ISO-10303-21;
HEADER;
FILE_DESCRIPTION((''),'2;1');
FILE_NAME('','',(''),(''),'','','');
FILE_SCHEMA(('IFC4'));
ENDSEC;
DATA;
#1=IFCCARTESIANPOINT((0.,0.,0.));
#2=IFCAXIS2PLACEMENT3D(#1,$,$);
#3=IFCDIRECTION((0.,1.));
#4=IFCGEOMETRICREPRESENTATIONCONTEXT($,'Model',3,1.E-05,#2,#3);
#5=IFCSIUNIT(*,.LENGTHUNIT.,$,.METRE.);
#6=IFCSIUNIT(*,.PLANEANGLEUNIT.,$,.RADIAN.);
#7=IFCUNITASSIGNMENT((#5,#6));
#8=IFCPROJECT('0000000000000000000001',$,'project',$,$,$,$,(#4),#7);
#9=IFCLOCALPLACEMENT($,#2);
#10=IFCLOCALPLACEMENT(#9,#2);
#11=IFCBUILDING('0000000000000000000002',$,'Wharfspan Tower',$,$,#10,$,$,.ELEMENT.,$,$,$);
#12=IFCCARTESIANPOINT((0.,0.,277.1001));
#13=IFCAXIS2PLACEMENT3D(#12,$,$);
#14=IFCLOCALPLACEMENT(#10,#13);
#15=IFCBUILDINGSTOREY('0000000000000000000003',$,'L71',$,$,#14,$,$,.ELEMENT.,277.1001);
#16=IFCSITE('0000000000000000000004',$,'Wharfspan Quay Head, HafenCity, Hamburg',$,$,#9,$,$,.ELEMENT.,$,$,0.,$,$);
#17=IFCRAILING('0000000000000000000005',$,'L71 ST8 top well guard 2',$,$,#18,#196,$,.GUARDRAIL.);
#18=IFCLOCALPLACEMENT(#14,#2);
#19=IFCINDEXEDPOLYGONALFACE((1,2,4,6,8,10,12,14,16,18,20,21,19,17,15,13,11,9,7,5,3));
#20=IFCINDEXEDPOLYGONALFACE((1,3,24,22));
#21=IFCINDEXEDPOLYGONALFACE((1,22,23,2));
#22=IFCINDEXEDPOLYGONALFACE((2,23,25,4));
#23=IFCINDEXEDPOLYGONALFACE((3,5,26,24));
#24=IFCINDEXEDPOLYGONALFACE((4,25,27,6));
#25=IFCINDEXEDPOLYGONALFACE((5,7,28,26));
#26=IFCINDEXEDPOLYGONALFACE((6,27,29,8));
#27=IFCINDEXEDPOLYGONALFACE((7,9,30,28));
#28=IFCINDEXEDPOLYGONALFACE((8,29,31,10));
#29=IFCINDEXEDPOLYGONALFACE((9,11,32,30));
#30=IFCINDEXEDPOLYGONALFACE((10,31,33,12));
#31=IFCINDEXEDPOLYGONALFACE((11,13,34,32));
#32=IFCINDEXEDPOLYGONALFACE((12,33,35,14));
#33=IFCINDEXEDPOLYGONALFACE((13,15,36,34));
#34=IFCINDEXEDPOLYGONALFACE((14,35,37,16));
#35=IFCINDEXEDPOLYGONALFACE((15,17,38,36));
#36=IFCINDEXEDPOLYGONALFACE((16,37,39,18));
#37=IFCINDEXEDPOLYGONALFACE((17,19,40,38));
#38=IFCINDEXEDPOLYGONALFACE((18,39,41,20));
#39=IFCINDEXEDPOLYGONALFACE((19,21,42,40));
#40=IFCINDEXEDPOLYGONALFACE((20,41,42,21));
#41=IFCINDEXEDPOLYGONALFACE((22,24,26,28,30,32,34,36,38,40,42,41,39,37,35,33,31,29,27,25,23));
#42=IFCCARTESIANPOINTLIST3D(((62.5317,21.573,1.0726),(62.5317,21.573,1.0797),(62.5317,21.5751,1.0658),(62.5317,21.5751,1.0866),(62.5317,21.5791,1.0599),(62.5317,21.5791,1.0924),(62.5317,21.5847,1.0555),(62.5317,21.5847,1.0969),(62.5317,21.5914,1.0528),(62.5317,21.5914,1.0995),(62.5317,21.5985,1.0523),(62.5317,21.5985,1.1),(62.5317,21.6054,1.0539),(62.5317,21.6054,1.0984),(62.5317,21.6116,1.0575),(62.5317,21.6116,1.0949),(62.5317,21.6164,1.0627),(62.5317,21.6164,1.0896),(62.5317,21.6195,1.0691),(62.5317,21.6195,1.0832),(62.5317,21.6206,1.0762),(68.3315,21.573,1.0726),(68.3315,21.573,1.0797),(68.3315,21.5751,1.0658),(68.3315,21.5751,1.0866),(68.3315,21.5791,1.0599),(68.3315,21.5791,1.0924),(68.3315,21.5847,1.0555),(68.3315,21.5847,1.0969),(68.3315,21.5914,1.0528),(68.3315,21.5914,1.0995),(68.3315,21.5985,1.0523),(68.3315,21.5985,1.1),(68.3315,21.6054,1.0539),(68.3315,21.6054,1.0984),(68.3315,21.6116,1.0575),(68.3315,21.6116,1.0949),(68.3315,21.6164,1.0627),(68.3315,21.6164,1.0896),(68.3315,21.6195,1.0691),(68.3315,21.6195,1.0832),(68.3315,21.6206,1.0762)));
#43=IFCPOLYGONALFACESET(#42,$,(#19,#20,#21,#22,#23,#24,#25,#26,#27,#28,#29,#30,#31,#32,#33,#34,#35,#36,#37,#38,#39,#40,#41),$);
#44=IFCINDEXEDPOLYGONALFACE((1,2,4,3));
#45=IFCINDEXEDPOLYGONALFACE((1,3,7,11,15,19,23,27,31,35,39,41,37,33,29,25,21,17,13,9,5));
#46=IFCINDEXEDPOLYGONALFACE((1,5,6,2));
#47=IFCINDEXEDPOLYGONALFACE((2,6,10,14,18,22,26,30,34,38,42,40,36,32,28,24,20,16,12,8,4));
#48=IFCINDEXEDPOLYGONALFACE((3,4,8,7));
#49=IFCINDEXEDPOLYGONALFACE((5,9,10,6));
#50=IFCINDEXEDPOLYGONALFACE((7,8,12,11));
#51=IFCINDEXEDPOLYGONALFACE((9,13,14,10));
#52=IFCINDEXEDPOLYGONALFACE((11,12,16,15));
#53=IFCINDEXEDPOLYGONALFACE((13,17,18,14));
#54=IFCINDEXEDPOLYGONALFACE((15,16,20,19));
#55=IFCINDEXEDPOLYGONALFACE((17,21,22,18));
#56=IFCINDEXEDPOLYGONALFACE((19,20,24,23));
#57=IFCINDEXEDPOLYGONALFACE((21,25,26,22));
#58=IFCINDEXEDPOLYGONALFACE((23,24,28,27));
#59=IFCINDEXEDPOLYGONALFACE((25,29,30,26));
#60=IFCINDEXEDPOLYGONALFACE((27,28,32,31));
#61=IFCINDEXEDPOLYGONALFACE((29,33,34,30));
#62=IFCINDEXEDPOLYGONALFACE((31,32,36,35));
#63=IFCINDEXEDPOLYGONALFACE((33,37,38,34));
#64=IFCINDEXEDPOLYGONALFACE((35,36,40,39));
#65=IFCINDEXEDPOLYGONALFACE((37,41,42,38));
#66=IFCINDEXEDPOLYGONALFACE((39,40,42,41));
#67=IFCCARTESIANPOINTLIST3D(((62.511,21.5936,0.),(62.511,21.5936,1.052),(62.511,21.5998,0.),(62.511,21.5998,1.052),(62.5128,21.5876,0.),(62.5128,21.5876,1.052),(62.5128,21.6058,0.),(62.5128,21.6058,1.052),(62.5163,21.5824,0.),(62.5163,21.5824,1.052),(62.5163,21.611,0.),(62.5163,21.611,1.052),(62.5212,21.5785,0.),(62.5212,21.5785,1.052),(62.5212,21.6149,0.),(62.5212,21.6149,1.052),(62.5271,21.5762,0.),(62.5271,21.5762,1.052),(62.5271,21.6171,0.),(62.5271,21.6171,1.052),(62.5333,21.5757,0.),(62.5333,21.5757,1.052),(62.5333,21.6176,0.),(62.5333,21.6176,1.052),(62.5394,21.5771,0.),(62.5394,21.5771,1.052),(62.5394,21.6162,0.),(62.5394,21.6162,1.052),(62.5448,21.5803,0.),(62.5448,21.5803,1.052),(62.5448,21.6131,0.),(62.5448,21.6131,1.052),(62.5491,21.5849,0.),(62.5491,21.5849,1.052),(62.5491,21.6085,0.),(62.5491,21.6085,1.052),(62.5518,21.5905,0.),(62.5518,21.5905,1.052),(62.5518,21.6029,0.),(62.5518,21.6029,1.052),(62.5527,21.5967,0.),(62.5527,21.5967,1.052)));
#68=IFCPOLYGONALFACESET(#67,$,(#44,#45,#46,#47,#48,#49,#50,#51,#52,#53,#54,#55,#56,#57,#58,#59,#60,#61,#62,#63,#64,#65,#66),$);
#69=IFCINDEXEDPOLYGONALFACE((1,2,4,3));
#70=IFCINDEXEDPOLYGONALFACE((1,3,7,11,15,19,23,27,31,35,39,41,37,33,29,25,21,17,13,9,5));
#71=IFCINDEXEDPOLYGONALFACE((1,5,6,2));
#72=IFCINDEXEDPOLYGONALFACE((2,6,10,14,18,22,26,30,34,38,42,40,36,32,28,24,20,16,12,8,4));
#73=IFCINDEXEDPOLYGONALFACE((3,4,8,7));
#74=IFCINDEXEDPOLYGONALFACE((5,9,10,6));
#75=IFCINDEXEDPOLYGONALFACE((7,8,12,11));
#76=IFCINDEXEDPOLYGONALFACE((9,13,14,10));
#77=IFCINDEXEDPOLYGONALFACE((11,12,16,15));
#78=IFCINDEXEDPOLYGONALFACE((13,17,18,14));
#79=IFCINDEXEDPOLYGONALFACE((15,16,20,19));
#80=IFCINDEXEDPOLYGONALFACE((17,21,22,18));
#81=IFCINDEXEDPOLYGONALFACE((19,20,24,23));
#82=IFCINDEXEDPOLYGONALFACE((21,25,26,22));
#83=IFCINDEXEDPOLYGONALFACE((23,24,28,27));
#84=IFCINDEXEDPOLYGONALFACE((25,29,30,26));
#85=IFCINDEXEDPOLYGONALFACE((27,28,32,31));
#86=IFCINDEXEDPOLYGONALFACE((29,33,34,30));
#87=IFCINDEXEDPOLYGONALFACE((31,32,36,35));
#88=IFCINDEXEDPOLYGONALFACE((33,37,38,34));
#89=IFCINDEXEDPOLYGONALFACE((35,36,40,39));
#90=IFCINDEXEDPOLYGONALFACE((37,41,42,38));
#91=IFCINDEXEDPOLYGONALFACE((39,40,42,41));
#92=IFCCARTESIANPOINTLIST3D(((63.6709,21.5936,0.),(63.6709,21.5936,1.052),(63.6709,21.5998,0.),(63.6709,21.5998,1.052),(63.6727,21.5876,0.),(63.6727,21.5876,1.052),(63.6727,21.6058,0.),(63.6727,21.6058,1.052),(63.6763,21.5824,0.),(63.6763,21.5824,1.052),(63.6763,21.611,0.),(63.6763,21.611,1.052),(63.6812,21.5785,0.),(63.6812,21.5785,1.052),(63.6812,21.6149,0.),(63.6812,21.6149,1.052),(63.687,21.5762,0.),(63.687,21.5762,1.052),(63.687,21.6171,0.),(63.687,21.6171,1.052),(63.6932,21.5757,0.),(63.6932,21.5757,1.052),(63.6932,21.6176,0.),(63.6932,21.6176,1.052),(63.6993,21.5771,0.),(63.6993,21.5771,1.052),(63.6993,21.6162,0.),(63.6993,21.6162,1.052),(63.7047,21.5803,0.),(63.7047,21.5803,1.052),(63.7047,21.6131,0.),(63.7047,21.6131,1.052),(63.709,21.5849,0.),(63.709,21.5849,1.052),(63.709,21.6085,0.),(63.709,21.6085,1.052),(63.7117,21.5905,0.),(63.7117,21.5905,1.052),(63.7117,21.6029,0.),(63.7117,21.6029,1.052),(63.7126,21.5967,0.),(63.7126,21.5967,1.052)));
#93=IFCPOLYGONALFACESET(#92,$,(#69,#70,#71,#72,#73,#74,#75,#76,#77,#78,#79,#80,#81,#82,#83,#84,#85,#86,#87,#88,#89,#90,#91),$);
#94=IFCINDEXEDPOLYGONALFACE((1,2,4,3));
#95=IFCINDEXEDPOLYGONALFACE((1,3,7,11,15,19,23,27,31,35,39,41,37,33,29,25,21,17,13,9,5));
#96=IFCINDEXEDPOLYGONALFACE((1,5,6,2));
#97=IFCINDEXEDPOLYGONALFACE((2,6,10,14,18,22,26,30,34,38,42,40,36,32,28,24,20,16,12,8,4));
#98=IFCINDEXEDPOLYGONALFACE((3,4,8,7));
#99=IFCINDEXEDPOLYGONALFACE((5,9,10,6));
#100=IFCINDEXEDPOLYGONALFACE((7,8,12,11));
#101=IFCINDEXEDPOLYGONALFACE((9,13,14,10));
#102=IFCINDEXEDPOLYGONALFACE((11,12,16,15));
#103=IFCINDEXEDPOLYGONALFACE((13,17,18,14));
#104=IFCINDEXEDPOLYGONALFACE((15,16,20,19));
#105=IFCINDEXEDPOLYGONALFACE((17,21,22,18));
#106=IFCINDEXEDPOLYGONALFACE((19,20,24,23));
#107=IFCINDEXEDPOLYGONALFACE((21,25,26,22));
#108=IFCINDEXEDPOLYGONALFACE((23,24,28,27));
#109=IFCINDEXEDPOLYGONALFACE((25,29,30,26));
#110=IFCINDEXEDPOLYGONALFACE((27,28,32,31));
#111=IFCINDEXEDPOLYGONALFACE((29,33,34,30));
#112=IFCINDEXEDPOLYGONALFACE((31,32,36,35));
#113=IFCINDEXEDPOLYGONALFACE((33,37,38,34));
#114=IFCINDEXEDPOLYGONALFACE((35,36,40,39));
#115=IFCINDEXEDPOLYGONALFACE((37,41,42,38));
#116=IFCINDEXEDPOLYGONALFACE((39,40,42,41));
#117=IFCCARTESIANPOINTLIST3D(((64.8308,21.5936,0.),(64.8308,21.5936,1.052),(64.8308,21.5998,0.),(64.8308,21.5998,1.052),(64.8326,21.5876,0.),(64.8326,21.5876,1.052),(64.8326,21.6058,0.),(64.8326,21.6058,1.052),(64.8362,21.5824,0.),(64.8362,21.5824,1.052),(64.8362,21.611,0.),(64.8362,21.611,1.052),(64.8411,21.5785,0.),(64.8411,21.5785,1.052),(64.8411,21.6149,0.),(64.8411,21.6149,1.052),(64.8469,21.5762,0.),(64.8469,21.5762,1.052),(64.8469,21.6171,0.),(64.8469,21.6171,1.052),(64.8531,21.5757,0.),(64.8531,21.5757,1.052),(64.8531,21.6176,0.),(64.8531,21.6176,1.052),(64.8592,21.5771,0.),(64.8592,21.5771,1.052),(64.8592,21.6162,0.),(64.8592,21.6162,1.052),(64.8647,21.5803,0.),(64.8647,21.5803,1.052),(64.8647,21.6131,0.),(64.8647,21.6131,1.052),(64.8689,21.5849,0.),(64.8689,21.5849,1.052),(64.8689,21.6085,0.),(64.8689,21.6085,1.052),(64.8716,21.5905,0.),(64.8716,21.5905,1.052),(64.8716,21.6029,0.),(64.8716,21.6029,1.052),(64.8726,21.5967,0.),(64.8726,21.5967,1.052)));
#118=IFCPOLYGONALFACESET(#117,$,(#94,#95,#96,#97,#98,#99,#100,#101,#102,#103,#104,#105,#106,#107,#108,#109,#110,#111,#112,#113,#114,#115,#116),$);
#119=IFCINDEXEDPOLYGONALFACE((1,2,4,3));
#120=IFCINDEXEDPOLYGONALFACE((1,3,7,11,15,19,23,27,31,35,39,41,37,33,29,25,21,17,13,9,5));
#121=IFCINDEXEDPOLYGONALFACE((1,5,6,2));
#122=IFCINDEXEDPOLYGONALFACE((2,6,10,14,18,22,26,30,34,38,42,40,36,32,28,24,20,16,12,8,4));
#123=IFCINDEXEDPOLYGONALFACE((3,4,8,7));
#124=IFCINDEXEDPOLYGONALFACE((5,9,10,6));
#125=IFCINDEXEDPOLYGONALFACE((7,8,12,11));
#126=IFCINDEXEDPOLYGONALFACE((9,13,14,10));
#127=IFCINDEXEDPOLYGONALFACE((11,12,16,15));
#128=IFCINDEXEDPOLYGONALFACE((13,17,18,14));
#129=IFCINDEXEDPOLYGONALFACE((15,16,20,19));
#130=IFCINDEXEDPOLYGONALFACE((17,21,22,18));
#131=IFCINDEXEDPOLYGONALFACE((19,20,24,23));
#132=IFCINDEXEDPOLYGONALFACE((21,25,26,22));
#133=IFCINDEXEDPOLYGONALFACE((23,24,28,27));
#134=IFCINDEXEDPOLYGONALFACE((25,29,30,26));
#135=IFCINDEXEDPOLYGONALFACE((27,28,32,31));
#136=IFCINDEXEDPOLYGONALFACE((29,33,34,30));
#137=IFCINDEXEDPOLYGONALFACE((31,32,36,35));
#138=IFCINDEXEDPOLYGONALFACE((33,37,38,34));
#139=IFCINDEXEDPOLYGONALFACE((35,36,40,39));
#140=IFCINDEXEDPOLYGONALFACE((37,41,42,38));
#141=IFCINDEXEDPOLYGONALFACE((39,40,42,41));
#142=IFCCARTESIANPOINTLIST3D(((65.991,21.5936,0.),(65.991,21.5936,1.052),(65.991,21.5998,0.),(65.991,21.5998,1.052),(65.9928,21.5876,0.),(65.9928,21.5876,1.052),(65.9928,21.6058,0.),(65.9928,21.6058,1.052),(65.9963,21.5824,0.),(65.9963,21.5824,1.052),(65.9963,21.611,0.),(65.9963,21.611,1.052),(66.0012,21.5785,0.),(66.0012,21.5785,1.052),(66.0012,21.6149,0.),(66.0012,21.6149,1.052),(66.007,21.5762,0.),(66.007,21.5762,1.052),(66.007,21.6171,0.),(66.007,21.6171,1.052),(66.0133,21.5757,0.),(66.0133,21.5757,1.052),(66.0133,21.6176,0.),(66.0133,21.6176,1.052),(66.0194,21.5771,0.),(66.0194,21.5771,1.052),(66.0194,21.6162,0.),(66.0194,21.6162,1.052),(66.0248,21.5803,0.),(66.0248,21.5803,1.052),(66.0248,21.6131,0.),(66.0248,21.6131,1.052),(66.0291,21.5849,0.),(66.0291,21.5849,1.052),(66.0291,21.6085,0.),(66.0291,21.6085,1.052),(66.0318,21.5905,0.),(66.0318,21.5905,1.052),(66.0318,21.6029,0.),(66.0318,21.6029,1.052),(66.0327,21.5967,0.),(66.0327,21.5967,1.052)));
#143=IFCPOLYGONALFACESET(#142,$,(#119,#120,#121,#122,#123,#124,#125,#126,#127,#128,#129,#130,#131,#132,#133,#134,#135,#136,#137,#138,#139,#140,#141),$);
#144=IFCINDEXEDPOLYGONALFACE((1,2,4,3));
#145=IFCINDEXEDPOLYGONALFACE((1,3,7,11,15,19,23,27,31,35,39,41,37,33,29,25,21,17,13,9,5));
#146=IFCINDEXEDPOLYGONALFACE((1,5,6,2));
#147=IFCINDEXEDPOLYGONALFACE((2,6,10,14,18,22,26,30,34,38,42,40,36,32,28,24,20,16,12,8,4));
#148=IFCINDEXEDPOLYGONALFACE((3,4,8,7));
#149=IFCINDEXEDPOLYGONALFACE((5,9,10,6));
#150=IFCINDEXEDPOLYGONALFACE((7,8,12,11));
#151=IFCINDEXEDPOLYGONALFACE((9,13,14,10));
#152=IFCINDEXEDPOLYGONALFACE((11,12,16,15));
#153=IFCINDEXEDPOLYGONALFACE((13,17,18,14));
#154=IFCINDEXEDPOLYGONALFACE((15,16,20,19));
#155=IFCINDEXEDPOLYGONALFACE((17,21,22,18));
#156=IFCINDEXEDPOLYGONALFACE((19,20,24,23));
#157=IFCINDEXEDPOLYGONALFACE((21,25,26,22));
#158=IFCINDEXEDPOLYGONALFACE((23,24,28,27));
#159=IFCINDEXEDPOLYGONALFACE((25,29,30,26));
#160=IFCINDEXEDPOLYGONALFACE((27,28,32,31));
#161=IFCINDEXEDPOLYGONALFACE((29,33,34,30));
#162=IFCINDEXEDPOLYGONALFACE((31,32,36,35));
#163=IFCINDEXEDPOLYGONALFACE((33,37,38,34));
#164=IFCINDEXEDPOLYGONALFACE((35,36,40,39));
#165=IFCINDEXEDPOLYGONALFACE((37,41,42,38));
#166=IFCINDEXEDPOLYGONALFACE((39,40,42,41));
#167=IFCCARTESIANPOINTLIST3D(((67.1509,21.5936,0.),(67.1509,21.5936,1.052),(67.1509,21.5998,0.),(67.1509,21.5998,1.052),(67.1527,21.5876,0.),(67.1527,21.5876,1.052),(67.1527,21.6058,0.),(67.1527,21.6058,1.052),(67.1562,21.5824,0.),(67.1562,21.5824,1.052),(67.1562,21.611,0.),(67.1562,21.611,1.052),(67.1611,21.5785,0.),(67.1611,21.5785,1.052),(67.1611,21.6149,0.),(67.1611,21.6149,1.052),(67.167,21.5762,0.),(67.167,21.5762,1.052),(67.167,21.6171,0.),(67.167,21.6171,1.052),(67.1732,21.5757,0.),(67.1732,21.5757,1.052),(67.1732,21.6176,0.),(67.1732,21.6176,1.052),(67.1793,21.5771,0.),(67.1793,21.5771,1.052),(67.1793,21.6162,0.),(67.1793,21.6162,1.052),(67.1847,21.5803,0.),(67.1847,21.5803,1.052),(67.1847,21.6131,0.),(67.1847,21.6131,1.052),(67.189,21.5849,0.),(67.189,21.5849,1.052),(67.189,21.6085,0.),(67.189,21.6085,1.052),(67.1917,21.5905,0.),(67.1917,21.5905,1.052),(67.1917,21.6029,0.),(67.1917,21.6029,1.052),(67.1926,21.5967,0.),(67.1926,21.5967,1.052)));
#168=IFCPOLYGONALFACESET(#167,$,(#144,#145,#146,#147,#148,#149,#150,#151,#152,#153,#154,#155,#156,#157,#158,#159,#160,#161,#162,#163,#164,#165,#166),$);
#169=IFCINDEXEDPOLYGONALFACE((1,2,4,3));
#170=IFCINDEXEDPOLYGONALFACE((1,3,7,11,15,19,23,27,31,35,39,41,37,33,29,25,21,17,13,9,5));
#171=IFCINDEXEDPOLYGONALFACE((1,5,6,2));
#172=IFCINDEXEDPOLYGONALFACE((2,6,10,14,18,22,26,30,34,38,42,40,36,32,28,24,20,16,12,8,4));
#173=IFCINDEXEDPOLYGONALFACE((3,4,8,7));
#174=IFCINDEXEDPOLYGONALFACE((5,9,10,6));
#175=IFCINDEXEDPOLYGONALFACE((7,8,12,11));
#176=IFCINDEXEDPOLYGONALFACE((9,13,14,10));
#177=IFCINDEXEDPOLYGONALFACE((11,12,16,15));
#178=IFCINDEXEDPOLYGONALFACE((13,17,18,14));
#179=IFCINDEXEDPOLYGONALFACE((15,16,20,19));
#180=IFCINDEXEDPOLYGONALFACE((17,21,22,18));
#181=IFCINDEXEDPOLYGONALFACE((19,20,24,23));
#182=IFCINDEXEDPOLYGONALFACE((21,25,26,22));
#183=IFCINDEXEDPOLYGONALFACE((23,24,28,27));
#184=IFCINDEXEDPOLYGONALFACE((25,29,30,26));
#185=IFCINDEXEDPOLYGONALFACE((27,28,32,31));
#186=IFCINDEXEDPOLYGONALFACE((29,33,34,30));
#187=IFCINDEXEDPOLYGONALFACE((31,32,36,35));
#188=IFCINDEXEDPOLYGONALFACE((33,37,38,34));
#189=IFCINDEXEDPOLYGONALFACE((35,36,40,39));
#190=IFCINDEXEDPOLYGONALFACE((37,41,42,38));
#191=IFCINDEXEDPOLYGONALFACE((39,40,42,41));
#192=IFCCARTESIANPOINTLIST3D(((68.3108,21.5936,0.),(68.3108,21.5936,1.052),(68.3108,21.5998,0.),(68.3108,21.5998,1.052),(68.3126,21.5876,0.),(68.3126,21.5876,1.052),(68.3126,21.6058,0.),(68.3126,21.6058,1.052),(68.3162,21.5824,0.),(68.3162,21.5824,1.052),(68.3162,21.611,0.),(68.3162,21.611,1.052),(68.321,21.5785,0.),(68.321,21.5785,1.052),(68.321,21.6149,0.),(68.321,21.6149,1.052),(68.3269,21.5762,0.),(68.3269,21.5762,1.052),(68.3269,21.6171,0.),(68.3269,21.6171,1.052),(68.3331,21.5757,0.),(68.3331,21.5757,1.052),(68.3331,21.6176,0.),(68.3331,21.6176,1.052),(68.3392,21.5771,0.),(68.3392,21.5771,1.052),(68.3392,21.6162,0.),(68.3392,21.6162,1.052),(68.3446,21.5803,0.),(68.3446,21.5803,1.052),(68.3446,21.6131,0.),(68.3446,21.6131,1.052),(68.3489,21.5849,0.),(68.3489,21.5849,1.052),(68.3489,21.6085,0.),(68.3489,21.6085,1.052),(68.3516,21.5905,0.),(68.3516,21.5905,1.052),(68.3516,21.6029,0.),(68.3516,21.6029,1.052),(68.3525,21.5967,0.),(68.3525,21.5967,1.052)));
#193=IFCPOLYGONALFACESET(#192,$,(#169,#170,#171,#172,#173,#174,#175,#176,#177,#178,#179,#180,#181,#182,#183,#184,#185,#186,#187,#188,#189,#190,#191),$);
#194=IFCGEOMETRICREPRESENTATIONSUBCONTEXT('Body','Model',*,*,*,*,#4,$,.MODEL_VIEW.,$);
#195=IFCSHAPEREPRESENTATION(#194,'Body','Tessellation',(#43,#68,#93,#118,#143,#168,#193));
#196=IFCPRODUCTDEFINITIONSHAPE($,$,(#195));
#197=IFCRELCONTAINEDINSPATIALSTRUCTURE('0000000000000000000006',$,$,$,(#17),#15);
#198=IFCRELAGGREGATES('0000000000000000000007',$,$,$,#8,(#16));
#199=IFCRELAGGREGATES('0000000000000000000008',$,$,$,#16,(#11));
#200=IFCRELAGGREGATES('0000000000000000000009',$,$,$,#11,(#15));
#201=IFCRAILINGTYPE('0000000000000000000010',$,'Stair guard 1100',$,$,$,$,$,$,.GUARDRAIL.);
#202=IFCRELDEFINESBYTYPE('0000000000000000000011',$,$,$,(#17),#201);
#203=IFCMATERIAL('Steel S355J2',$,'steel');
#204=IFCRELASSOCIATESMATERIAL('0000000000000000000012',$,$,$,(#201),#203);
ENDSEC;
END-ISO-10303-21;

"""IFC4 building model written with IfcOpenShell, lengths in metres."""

from ifc_helpers import new_model, si_unit, direction, frame, origin, origin_2d, place, context, subcontext, project, spatial, circle, extrude, material, type_object, element, save


model = new_model("IFC4")

# Units and contexts
model_context = context("Model", 3, precision=1e-05, world=origin(), true_north=direction((0.0, 1.0)))
body_context = subcontext(model_context, "Body", "Model", "MODEL_VIEW")
ifc_project = project(units=[si_unit("LENGTHUNIT", "METRE"), si_unit("PLANEANGLEUNIT", "RADIAN")], contexts=[model_context])

# Site, building, storey
site_placement = place(None, origin())
site = spatial("IfcSite", under=ifc_project, at=site_placement, Name="Wharfspan Quay Head, HafenCity, Hamburg", CompositionType="ELEMENT", RefElevation=0.0)
building_placement = place(site_placement, origin())
building = spatial("IfcBuilding", under=site, at=building_placement, Name="Wharfspan Tower", CompositionType="ELEMENT")
storey_placement = place(building_placement, frame((0.0, 0.0, 277.1001)))
storey = spatial("IfcBuildingStorey", under=building, at=storey_placement, Name="L71", CompositionType="ELEMENT", Elevation=277.1001)

# Shared definitions
ifc_material_1 = material(Name="Steel S355J2", Category="steel")

# Railing
railing_type = type_object("IfcRailingType", Name="Stair guard 1100", PredefinedType="GUARDRAIL", material=ifc_material_1)
for number, where, name in (
    (1, (62.5317, 21.5967, 0.0), "L71 ST8 top well guard 2"),
):
    element("IfcRailing", number, at=place(storey_placement, frame(where)), inside=storey, type_object=railing_type, Name=name, PredefinedType="GUARDRAIL", context=body_context, shape_type="SweptSolid", body=[
        extrude(circle(Radius=0.0239, at=origin_2d()), frame((0.0, 0.0, 1.0762), z_axis=(1.0, 0.0, 0.0), x_axis=(0.0, 1.0, 0.0)), (0.0, 0.0, 1.0), 5.7998),
        extrude(circle(Radius=0.021, at=origin_2d()), origin(), (0.0, 0.0, 1.0), 1.052),
        extrude(circle(Radius=0.021, at=origin_2d()), frame((1.1599, 0.0, 0.0)), (0.0, 0.0, 1.0), 1.052),
        extrude(circle(Radius=0.021, at=origin_2d()), frame((2.3198, 0.0, 0.0)), (0.0, 0.0, 1.0), 1.052),
        extrude(circle(Radius=0.021, at=origin_2d()), frame((3.48, 0.0, 0.0)), (0.0, 0.0, 1.0), 1.052),
        extrude(circle(Radius=0.021, at=origin_2d()), frame((4.6399, 0.0, 0.0)), (0.0, 0.0, 1.0), 1.052),
        extrude(circle(Radius=0.021, at=origin_2d()), frame((5.7998, 0.0, 0.0)), (0.0, 0.0, 1.0), 1.052),
    ])

save(model, "model.ifc")
